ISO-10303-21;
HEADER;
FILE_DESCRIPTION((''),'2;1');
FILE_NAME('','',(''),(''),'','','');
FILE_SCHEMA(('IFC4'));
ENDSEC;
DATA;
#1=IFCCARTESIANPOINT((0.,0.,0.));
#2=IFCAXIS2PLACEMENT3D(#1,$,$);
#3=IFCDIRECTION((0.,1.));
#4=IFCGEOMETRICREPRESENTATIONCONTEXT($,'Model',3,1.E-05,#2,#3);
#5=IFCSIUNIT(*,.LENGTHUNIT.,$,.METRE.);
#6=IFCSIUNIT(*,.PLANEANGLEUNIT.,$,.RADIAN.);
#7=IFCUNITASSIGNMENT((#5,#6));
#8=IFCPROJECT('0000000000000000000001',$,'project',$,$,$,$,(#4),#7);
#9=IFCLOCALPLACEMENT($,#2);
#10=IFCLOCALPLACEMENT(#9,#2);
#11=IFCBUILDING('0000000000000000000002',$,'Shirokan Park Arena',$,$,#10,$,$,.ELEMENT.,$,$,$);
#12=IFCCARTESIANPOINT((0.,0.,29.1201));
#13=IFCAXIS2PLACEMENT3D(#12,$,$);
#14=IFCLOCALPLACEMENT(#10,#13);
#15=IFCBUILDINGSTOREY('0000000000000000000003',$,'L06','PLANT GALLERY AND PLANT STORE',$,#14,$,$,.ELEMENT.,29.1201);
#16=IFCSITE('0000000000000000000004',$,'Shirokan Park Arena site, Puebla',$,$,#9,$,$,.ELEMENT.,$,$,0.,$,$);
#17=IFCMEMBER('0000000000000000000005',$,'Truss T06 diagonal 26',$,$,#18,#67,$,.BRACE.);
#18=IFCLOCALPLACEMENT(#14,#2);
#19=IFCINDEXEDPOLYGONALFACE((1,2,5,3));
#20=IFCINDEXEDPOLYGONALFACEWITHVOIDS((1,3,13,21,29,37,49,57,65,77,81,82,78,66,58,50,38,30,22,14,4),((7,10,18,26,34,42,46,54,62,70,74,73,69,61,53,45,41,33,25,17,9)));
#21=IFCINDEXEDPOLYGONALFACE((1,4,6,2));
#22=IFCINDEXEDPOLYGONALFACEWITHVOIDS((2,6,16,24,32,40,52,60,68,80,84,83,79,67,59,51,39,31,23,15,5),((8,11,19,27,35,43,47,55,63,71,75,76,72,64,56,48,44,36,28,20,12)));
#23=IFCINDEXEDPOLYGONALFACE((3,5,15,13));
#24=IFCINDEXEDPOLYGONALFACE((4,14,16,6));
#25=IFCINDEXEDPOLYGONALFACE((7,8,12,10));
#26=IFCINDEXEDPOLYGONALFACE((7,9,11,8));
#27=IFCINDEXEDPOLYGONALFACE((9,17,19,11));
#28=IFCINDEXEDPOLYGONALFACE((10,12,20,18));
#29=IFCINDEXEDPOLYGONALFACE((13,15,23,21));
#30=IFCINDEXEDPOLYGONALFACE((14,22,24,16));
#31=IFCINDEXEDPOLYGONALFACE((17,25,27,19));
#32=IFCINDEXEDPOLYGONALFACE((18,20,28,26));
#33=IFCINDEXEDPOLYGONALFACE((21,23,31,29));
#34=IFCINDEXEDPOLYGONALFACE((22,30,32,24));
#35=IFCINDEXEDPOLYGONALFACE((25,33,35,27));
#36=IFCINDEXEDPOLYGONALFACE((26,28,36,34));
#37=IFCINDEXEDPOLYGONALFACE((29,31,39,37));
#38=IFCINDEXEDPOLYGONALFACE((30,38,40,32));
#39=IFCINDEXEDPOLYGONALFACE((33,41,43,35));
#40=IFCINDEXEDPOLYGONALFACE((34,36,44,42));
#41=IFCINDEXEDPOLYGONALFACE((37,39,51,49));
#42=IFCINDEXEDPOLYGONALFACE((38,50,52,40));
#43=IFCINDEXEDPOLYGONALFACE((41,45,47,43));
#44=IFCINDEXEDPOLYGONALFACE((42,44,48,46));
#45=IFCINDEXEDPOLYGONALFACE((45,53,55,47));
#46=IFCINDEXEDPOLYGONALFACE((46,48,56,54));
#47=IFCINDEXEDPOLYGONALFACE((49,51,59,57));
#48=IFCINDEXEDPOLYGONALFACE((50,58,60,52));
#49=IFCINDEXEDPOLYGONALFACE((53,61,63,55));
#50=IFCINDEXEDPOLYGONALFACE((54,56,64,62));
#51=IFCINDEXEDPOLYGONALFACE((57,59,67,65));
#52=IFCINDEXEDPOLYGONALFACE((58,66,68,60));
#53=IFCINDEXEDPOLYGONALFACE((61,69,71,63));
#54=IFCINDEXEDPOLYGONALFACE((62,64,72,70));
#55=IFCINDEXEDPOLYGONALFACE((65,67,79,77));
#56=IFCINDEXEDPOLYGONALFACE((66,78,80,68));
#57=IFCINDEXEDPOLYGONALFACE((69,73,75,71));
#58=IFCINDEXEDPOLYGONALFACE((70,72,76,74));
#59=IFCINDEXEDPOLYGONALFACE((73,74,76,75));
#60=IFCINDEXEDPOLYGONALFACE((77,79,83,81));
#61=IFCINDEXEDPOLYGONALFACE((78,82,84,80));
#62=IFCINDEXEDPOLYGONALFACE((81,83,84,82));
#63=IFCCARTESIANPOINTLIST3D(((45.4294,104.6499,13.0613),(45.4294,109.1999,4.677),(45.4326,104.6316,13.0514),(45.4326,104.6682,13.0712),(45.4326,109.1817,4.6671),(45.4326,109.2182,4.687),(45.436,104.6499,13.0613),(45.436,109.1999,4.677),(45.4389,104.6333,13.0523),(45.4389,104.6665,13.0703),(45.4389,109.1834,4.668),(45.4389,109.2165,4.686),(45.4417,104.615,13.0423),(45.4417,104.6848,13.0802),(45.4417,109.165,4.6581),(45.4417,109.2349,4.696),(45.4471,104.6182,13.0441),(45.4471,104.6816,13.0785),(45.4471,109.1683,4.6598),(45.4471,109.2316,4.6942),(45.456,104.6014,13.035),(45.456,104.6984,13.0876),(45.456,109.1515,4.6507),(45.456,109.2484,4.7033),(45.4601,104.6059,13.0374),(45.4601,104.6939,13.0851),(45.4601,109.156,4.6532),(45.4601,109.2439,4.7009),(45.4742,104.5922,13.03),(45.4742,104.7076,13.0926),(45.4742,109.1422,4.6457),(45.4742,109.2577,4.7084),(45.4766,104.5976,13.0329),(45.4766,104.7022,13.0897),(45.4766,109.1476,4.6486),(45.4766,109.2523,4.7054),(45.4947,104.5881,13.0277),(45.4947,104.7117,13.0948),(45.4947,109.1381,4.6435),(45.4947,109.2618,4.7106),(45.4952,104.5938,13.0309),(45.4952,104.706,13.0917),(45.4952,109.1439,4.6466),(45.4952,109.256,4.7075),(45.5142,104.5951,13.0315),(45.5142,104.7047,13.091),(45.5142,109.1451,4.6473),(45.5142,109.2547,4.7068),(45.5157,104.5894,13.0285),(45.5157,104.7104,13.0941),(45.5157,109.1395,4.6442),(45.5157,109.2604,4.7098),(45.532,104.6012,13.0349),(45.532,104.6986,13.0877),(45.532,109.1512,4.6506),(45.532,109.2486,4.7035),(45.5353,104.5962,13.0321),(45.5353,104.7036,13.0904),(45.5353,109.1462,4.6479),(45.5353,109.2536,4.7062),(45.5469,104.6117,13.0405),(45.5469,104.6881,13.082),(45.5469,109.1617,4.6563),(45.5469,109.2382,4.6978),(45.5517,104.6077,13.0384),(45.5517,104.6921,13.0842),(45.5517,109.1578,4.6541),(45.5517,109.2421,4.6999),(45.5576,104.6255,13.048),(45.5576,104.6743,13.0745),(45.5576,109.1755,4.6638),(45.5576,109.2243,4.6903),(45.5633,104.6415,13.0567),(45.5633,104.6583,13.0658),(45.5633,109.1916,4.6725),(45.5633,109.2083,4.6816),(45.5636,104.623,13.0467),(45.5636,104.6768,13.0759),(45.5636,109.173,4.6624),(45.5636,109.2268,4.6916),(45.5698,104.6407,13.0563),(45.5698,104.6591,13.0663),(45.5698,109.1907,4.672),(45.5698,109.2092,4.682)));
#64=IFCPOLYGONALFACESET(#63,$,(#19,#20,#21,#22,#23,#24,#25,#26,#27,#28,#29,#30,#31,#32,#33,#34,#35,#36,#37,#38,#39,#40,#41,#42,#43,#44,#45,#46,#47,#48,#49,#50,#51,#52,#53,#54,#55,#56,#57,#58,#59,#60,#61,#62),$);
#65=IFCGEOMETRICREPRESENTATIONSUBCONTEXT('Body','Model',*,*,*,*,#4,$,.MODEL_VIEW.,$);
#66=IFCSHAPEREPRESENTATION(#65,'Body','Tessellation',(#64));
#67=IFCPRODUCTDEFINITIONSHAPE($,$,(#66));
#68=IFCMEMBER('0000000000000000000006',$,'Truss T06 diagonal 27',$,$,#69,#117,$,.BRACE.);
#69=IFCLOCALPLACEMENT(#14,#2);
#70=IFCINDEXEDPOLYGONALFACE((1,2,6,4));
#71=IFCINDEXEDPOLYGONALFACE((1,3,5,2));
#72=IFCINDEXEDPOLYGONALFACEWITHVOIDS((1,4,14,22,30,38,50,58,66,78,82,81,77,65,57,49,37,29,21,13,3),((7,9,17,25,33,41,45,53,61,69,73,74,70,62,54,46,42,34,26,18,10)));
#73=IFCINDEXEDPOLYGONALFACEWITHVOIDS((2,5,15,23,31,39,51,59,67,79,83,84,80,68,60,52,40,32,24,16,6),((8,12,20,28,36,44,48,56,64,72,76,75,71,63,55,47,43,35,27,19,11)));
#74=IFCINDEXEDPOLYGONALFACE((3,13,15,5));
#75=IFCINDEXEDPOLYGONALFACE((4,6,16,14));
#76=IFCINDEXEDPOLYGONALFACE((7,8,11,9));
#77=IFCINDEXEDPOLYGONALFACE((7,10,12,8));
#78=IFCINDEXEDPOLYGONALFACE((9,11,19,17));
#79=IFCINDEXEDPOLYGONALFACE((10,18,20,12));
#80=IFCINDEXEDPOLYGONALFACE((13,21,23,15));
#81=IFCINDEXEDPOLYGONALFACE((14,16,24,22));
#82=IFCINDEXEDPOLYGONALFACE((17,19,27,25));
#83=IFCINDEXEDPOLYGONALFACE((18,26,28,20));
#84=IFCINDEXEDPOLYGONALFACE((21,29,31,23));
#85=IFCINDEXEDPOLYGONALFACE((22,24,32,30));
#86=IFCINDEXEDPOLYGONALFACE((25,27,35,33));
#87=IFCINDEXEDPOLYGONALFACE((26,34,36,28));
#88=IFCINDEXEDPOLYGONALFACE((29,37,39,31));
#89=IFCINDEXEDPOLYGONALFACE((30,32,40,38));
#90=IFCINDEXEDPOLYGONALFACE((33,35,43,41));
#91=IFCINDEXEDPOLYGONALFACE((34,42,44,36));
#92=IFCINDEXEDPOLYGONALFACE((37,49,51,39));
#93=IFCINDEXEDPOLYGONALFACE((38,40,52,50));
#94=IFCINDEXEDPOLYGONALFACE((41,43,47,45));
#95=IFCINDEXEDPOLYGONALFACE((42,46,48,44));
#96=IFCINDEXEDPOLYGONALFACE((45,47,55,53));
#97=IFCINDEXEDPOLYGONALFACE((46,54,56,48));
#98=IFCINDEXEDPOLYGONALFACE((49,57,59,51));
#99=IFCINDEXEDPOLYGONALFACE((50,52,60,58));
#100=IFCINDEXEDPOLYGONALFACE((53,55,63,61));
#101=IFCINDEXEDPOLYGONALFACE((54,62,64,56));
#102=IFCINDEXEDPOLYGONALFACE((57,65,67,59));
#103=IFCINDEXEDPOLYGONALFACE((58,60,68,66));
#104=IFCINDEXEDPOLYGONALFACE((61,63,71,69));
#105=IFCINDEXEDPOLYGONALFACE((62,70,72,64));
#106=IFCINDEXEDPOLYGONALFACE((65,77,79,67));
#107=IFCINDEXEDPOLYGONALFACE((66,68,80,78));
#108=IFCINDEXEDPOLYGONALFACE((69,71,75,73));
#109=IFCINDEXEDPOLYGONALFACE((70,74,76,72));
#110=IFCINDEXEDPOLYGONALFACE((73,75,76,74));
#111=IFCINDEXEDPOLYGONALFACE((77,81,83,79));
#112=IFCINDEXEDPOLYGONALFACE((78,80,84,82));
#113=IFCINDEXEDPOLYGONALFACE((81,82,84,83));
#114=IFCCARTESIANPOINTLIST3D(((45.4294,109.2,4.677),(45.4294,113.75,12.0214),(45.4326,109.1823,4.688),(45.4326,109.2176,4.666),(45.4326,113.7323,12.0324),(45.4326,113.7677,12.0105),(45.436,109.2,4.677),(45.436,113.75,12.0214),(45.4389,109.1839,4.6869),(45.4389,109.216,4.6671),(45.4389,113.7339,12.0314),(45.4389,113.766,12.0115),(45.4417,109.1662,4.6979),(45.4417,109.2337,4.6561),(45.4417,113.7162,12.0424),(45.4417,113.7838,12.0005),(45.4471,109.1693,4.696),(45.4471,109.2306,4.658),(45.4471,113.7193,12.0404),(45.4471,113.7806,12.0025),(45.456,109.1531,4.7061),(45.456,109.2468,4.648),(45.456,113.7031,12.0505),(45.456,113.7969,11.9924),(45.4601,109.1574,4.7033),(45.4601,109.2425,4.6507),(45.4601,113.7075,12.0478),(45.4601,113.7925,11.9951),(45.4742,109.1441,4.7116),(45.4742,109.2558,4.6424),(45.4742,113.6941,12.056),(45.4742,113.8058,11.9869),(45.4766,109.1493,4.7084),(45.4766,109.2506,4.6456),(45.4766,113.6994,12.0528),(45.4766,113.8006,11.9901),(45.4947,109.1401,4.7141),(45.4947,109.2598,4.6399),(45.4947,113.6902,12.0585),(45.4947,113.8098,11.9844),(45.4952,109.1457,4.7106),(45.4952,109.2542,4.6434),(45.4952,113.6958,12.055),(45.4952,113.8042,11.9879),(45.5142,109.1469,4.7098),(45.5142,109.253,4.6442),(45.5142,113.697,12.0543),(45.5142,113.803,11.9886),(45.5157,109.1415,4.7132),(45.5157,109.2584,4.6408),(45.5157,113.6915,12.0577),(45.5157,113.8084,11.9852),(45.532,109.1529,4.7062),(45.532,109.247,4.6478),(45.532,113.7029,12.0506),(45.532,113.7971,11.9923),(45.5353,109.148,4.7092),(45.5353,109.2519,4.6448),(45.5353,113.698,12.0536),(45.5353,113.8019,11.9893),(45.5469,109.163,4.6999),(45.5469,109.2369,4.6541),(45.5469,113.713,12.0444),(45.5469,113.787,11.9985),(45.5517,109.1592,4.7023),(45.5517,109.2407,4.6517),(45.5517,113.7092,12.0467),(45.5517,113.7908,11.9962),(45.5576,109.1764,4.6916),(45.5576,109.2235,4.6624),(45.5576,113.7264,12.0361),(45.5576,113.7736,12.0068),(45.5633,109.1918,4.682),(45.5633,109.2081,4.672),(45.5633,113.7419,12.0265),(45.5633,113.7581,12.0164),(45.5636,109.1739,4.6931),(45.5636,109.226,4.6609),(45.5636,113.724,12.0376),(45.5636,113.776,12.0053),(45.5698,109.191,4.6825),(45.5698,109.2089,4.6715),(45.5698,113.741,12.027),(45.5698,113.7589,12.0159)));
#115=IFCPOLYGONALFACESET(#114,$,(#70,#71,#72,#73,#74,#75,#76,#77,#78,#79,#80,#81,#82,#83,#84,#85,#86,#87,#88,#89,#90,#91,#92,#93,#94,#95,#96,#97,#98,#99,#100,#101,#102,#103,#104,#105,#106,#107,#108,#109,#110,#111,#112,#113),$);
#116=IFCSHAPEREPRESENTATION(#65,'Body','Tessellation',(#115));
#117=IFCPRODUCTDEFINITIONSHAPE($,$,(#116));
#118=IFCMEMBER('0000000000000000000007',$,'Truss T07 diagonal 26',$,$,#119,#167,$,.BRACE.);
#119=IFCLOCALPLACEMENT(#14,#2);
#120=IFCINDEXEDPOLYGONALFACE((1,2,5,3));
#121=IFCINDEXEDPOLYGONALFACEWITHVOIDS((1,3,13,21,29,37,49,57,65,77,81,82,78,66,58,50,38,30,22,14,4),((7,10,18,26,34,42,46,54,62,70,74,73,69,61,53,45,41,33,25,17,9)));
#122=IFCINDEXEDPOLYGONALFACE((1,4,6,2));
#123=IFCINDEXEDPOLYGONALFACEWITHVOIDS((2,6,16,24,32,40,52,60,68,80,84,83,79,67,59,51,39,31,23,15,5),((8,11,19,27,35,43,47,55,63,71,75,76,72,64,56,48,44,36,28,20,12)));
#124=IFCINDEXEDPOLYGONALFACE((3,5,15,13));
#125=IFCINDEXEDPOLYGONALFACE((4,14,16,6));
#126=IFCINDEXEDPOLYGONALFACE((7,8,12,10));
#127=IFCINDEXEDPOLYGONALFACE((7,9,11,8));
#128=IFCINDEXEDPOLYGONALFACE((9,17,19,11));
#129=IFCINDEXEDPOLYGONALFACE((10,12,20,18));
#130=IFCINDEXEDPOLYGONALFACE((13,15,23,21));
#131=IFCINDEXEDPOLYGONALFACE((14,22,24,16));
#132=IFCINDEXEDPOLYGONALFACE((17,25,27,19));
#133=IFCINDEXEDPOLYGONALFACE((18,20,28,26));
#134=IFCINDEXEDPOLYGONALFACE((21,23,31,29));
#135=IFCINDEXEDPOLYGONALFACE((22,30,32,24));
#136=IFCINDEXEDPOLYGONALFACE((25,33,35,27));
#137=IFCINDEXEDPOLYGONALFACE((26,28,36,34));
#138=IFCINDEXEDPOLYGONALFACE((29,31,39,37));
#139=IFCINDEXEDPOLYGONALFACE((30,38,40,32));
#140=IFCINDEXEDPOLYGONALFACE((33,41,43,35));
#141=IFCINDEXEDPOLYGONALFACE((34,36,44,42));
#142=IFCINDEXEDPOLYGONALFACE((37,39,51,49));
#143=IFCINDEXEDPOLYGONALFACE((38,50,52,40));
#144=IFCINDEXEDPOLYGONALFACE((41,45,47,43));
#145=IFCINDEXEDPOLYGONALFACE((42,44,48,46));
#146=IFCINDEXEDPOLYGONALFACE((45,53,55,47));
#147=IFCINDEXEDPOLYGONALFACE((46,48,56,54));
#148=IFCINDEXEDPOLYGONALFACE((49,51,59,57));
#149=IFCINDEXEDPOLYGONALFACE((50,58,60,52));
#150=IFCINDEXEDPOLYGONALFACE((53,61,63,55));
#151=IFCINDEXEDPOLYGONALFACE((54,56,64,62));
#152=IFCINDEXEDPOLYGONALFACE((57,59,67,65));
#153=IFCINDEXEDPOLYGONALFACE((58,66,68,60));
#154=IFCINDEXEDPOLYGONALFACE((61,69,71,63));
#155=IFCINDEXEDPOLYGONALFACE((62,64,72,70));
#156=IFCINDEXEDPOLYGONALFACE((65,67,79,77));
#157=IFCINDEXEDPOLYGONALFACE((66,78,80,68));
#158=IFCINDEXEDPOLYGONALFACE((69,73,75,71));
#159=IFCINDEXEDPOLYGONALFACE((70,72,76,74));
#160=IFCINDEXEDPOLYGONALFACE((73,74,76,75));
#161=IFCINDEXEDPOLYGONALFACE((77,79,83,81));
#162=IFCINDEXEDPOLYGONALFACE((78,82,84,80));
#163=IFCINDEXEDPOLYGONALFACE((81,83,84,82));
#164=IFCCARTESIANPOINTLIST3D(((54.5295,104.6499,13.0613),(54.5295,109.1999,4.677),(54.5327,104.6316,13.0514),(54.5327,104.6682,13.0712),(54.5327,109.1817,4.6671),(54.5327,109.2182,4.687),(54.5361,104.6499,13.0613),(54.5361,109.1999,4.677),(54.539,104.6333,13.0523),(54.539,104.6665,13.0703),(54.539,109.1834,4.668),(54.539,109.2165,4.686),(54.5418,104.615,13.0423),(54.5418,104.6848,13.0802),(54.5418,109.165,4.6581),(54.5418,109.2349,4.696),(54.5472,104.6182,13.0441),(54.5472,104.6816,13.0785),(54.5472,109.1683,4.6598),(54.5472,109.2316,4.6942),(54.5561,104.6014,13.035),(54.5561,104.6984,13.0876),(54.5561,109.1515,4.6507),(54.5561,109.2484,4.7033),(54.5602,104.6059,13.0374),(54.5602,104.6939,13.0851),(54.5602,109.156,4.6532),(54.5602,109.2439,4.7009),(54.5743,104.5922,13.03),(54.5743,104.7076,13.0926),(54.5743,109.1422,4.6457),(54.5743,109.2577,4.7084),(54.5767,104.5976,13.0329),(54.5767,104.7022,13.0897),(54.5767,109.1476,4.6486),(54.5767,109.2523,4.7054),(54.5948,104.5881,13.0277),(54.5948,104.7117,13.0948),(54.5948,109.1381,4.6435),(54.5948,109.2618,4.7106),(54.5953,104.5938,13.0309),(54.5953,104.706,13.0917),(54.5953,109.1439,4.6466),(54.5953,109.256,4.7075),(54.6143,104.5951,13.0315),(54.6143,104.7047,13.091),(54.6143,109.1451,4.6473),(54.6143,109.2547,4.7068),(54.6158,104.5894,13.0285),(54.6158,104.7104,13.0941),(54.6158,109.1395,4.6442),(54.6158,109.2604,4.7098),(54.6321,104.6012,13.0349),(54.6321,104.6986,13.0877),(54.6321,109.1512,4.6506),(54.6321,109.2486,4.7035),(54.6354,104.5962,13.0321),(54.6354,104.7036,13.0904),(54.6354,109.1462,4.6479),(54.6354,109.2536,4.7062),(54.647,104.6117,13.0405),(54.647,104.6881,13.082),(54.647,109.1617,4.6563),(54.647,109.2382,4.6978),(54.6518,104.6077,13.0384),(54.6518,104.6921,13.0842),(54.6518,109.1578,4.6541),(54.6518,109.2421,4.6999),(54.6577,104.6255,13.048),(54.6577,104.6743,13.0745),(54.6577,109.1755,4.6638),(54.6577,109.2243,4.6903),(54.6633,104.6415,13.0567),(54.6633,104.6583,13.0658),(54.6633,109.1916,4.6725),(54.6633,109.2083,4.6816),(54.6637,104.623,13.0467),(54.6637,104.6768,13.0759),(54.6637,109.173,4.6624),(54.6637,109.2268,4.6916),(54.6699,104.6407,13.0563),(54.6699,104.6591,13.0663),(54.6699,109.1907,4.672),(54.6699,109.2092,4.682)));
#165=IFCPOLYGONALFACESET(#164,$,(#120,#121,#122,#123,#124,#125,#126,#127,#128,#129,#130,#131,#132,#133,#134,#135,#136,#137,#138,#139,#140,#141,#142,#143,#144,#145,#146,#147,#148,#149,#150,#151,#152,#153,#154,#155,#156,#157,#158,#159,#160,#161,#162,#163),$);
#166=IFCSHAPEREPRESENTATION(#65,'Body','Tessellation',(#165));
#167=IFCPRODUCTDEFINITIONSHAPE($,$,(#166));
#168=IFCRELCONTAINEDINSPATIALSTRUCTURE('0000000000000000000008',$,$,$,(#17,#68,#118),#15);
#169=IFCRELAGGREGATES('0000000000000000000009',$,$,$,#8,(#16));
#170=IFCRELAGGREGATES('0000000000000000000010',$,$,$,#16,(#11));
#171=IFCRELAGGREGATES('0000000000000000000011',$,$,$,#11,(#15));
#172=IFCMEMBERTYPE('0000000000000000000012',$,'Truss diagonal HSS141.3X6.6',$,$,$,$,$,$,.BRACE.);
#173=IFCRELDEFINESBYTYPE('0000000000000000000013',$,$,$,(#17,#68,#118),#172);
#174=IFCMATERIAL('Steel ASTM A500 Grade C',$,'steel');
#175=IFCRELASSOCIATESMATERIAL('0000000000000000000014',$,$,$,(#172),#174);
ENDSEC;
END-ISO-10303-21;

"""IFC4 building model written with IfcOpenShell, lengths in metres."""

from ifc_helpers import new_model, si_unit, direction, frame, origin, origin_2d, place, context, subcontext, project, spatial, hollow_circle, extrude, material, material_profile, profile_set, type_object, element, save


model = new_model("IFC4")

# Units and contexts
model_context = context("Model", 3, precision=1e-05, world=origin(), true_north=direction((0.0, 1.0)))
body_context = subcontext(model_context, "Body", "Model", "MODEL_VIEW")
ifc_project = project(units=[si_unit("LENGTHUNIT", "METRE"), si_unit("PLANEANGLEUNIT", "RADIAN")], contexts=[model_context])

# Site, building, storey
site_placement = place(None, origin())
site = spatial("IfcSite", under=ifc_project, at=site_placement, Name="Shirokan Park Arena site, Puebla", CompositionType="ELEMENT", RefElevation=0.0)
building_placement = place(site_placement, origin())
building = spatial("IfcBuilding", under=site, at=building_placement, Name="Shirokan Park Arena", CompositionType="ELEMENT")
storey_placement = place(building_placement, frame((0.0, 0.0, 29.1201)))
storey = spatial("IfcBuildingStorey", under=building, at=storey_placement, Name="L06", Description="PLANT GALLERY AND PLANT STORE", CompositionType="ELEMENT", Elevation=29.1201)

# Shared definitions
ifc_material_1 = material(Name="Steel ASTM A500 Grade C", Category="steel")

# Members
ifc_material_profile_1 = material_profile(ifc_material_1, hollow_circle(Radius=0.0706, WallThickness=0.0066, at=origin_2d()), Name="HSS141.3X6.6")
ifc_profile_set_1 = profile_set([ifc_material_profile_1], Name="Steel ASTM A500 Grade C")
member_type_1 = type_object("IfcMemberType", Name="Truss diagonal HSS141.3X6.6", PredefinedType="BRACE", material=ifc_profile_set_1)
member_1_placement = place(storey_placement, frame((45.5, 104.6499, 13.0613), z_axis=(0.0, 0.476977, -0.878916), x_axis=(-1.0, 0.0, 0.0)))
element("IfcMember", 1, at=member_1_placement, inside=storey, type_object=member_type_1, Name="Truss T06 diagonal 26", PredefinedType="BRACE", context=body_context, shape_type="SweptSolid", body=[
    extrude(hollow_circle(Radius=0.0706, WallThickness=0.0066, at=origin_2d()), origin(), (0.0, 0.0, 1.0), 9.5393),
])
member_2_placement = place(storey_placement, frame((45.5, 109.2, 4.677), z_axis=(0.0, 0.526644, 0.850086), x_axis=(-1.0, 0.0, 0.0)))
element("IfcMember", 2, at=member_2_placement, inside=storey, type_object=member_type_1, Name="Truss T06 diagonal 27", PredefinedType="BRACE", context=body_context, shape_type="SweptSolid", body=[
    extrude(hollow_circle(Radius=0.0706, WallThickness=0.0066, at=origin_2d()), origin(), (0.0, 0.0, 1.0), 8.6396),
])
member_3_placement = place(storey_placement, frame((54.6001, 104.6499, 13.0613), z_axis=(0.0, 0.476977, -0.878916), x_axis=(-1.0, 0.0, 0.0)))
element("IfcMember", 3, at=member_3_placement, inside=storey, type_object=member_type_1, Name="Truss T07 diagonal 26", PredefinedType="BRACE", context=body_context, shape_type="SweptSolid", body=[
    extrude(hollow_circle(Radius=0.0706, WallThickness=0.0066, at=origin_2d()), origin(), (0.0, 0.0, 1.0), 9.5393),
])

save(model, "model.ifc")
